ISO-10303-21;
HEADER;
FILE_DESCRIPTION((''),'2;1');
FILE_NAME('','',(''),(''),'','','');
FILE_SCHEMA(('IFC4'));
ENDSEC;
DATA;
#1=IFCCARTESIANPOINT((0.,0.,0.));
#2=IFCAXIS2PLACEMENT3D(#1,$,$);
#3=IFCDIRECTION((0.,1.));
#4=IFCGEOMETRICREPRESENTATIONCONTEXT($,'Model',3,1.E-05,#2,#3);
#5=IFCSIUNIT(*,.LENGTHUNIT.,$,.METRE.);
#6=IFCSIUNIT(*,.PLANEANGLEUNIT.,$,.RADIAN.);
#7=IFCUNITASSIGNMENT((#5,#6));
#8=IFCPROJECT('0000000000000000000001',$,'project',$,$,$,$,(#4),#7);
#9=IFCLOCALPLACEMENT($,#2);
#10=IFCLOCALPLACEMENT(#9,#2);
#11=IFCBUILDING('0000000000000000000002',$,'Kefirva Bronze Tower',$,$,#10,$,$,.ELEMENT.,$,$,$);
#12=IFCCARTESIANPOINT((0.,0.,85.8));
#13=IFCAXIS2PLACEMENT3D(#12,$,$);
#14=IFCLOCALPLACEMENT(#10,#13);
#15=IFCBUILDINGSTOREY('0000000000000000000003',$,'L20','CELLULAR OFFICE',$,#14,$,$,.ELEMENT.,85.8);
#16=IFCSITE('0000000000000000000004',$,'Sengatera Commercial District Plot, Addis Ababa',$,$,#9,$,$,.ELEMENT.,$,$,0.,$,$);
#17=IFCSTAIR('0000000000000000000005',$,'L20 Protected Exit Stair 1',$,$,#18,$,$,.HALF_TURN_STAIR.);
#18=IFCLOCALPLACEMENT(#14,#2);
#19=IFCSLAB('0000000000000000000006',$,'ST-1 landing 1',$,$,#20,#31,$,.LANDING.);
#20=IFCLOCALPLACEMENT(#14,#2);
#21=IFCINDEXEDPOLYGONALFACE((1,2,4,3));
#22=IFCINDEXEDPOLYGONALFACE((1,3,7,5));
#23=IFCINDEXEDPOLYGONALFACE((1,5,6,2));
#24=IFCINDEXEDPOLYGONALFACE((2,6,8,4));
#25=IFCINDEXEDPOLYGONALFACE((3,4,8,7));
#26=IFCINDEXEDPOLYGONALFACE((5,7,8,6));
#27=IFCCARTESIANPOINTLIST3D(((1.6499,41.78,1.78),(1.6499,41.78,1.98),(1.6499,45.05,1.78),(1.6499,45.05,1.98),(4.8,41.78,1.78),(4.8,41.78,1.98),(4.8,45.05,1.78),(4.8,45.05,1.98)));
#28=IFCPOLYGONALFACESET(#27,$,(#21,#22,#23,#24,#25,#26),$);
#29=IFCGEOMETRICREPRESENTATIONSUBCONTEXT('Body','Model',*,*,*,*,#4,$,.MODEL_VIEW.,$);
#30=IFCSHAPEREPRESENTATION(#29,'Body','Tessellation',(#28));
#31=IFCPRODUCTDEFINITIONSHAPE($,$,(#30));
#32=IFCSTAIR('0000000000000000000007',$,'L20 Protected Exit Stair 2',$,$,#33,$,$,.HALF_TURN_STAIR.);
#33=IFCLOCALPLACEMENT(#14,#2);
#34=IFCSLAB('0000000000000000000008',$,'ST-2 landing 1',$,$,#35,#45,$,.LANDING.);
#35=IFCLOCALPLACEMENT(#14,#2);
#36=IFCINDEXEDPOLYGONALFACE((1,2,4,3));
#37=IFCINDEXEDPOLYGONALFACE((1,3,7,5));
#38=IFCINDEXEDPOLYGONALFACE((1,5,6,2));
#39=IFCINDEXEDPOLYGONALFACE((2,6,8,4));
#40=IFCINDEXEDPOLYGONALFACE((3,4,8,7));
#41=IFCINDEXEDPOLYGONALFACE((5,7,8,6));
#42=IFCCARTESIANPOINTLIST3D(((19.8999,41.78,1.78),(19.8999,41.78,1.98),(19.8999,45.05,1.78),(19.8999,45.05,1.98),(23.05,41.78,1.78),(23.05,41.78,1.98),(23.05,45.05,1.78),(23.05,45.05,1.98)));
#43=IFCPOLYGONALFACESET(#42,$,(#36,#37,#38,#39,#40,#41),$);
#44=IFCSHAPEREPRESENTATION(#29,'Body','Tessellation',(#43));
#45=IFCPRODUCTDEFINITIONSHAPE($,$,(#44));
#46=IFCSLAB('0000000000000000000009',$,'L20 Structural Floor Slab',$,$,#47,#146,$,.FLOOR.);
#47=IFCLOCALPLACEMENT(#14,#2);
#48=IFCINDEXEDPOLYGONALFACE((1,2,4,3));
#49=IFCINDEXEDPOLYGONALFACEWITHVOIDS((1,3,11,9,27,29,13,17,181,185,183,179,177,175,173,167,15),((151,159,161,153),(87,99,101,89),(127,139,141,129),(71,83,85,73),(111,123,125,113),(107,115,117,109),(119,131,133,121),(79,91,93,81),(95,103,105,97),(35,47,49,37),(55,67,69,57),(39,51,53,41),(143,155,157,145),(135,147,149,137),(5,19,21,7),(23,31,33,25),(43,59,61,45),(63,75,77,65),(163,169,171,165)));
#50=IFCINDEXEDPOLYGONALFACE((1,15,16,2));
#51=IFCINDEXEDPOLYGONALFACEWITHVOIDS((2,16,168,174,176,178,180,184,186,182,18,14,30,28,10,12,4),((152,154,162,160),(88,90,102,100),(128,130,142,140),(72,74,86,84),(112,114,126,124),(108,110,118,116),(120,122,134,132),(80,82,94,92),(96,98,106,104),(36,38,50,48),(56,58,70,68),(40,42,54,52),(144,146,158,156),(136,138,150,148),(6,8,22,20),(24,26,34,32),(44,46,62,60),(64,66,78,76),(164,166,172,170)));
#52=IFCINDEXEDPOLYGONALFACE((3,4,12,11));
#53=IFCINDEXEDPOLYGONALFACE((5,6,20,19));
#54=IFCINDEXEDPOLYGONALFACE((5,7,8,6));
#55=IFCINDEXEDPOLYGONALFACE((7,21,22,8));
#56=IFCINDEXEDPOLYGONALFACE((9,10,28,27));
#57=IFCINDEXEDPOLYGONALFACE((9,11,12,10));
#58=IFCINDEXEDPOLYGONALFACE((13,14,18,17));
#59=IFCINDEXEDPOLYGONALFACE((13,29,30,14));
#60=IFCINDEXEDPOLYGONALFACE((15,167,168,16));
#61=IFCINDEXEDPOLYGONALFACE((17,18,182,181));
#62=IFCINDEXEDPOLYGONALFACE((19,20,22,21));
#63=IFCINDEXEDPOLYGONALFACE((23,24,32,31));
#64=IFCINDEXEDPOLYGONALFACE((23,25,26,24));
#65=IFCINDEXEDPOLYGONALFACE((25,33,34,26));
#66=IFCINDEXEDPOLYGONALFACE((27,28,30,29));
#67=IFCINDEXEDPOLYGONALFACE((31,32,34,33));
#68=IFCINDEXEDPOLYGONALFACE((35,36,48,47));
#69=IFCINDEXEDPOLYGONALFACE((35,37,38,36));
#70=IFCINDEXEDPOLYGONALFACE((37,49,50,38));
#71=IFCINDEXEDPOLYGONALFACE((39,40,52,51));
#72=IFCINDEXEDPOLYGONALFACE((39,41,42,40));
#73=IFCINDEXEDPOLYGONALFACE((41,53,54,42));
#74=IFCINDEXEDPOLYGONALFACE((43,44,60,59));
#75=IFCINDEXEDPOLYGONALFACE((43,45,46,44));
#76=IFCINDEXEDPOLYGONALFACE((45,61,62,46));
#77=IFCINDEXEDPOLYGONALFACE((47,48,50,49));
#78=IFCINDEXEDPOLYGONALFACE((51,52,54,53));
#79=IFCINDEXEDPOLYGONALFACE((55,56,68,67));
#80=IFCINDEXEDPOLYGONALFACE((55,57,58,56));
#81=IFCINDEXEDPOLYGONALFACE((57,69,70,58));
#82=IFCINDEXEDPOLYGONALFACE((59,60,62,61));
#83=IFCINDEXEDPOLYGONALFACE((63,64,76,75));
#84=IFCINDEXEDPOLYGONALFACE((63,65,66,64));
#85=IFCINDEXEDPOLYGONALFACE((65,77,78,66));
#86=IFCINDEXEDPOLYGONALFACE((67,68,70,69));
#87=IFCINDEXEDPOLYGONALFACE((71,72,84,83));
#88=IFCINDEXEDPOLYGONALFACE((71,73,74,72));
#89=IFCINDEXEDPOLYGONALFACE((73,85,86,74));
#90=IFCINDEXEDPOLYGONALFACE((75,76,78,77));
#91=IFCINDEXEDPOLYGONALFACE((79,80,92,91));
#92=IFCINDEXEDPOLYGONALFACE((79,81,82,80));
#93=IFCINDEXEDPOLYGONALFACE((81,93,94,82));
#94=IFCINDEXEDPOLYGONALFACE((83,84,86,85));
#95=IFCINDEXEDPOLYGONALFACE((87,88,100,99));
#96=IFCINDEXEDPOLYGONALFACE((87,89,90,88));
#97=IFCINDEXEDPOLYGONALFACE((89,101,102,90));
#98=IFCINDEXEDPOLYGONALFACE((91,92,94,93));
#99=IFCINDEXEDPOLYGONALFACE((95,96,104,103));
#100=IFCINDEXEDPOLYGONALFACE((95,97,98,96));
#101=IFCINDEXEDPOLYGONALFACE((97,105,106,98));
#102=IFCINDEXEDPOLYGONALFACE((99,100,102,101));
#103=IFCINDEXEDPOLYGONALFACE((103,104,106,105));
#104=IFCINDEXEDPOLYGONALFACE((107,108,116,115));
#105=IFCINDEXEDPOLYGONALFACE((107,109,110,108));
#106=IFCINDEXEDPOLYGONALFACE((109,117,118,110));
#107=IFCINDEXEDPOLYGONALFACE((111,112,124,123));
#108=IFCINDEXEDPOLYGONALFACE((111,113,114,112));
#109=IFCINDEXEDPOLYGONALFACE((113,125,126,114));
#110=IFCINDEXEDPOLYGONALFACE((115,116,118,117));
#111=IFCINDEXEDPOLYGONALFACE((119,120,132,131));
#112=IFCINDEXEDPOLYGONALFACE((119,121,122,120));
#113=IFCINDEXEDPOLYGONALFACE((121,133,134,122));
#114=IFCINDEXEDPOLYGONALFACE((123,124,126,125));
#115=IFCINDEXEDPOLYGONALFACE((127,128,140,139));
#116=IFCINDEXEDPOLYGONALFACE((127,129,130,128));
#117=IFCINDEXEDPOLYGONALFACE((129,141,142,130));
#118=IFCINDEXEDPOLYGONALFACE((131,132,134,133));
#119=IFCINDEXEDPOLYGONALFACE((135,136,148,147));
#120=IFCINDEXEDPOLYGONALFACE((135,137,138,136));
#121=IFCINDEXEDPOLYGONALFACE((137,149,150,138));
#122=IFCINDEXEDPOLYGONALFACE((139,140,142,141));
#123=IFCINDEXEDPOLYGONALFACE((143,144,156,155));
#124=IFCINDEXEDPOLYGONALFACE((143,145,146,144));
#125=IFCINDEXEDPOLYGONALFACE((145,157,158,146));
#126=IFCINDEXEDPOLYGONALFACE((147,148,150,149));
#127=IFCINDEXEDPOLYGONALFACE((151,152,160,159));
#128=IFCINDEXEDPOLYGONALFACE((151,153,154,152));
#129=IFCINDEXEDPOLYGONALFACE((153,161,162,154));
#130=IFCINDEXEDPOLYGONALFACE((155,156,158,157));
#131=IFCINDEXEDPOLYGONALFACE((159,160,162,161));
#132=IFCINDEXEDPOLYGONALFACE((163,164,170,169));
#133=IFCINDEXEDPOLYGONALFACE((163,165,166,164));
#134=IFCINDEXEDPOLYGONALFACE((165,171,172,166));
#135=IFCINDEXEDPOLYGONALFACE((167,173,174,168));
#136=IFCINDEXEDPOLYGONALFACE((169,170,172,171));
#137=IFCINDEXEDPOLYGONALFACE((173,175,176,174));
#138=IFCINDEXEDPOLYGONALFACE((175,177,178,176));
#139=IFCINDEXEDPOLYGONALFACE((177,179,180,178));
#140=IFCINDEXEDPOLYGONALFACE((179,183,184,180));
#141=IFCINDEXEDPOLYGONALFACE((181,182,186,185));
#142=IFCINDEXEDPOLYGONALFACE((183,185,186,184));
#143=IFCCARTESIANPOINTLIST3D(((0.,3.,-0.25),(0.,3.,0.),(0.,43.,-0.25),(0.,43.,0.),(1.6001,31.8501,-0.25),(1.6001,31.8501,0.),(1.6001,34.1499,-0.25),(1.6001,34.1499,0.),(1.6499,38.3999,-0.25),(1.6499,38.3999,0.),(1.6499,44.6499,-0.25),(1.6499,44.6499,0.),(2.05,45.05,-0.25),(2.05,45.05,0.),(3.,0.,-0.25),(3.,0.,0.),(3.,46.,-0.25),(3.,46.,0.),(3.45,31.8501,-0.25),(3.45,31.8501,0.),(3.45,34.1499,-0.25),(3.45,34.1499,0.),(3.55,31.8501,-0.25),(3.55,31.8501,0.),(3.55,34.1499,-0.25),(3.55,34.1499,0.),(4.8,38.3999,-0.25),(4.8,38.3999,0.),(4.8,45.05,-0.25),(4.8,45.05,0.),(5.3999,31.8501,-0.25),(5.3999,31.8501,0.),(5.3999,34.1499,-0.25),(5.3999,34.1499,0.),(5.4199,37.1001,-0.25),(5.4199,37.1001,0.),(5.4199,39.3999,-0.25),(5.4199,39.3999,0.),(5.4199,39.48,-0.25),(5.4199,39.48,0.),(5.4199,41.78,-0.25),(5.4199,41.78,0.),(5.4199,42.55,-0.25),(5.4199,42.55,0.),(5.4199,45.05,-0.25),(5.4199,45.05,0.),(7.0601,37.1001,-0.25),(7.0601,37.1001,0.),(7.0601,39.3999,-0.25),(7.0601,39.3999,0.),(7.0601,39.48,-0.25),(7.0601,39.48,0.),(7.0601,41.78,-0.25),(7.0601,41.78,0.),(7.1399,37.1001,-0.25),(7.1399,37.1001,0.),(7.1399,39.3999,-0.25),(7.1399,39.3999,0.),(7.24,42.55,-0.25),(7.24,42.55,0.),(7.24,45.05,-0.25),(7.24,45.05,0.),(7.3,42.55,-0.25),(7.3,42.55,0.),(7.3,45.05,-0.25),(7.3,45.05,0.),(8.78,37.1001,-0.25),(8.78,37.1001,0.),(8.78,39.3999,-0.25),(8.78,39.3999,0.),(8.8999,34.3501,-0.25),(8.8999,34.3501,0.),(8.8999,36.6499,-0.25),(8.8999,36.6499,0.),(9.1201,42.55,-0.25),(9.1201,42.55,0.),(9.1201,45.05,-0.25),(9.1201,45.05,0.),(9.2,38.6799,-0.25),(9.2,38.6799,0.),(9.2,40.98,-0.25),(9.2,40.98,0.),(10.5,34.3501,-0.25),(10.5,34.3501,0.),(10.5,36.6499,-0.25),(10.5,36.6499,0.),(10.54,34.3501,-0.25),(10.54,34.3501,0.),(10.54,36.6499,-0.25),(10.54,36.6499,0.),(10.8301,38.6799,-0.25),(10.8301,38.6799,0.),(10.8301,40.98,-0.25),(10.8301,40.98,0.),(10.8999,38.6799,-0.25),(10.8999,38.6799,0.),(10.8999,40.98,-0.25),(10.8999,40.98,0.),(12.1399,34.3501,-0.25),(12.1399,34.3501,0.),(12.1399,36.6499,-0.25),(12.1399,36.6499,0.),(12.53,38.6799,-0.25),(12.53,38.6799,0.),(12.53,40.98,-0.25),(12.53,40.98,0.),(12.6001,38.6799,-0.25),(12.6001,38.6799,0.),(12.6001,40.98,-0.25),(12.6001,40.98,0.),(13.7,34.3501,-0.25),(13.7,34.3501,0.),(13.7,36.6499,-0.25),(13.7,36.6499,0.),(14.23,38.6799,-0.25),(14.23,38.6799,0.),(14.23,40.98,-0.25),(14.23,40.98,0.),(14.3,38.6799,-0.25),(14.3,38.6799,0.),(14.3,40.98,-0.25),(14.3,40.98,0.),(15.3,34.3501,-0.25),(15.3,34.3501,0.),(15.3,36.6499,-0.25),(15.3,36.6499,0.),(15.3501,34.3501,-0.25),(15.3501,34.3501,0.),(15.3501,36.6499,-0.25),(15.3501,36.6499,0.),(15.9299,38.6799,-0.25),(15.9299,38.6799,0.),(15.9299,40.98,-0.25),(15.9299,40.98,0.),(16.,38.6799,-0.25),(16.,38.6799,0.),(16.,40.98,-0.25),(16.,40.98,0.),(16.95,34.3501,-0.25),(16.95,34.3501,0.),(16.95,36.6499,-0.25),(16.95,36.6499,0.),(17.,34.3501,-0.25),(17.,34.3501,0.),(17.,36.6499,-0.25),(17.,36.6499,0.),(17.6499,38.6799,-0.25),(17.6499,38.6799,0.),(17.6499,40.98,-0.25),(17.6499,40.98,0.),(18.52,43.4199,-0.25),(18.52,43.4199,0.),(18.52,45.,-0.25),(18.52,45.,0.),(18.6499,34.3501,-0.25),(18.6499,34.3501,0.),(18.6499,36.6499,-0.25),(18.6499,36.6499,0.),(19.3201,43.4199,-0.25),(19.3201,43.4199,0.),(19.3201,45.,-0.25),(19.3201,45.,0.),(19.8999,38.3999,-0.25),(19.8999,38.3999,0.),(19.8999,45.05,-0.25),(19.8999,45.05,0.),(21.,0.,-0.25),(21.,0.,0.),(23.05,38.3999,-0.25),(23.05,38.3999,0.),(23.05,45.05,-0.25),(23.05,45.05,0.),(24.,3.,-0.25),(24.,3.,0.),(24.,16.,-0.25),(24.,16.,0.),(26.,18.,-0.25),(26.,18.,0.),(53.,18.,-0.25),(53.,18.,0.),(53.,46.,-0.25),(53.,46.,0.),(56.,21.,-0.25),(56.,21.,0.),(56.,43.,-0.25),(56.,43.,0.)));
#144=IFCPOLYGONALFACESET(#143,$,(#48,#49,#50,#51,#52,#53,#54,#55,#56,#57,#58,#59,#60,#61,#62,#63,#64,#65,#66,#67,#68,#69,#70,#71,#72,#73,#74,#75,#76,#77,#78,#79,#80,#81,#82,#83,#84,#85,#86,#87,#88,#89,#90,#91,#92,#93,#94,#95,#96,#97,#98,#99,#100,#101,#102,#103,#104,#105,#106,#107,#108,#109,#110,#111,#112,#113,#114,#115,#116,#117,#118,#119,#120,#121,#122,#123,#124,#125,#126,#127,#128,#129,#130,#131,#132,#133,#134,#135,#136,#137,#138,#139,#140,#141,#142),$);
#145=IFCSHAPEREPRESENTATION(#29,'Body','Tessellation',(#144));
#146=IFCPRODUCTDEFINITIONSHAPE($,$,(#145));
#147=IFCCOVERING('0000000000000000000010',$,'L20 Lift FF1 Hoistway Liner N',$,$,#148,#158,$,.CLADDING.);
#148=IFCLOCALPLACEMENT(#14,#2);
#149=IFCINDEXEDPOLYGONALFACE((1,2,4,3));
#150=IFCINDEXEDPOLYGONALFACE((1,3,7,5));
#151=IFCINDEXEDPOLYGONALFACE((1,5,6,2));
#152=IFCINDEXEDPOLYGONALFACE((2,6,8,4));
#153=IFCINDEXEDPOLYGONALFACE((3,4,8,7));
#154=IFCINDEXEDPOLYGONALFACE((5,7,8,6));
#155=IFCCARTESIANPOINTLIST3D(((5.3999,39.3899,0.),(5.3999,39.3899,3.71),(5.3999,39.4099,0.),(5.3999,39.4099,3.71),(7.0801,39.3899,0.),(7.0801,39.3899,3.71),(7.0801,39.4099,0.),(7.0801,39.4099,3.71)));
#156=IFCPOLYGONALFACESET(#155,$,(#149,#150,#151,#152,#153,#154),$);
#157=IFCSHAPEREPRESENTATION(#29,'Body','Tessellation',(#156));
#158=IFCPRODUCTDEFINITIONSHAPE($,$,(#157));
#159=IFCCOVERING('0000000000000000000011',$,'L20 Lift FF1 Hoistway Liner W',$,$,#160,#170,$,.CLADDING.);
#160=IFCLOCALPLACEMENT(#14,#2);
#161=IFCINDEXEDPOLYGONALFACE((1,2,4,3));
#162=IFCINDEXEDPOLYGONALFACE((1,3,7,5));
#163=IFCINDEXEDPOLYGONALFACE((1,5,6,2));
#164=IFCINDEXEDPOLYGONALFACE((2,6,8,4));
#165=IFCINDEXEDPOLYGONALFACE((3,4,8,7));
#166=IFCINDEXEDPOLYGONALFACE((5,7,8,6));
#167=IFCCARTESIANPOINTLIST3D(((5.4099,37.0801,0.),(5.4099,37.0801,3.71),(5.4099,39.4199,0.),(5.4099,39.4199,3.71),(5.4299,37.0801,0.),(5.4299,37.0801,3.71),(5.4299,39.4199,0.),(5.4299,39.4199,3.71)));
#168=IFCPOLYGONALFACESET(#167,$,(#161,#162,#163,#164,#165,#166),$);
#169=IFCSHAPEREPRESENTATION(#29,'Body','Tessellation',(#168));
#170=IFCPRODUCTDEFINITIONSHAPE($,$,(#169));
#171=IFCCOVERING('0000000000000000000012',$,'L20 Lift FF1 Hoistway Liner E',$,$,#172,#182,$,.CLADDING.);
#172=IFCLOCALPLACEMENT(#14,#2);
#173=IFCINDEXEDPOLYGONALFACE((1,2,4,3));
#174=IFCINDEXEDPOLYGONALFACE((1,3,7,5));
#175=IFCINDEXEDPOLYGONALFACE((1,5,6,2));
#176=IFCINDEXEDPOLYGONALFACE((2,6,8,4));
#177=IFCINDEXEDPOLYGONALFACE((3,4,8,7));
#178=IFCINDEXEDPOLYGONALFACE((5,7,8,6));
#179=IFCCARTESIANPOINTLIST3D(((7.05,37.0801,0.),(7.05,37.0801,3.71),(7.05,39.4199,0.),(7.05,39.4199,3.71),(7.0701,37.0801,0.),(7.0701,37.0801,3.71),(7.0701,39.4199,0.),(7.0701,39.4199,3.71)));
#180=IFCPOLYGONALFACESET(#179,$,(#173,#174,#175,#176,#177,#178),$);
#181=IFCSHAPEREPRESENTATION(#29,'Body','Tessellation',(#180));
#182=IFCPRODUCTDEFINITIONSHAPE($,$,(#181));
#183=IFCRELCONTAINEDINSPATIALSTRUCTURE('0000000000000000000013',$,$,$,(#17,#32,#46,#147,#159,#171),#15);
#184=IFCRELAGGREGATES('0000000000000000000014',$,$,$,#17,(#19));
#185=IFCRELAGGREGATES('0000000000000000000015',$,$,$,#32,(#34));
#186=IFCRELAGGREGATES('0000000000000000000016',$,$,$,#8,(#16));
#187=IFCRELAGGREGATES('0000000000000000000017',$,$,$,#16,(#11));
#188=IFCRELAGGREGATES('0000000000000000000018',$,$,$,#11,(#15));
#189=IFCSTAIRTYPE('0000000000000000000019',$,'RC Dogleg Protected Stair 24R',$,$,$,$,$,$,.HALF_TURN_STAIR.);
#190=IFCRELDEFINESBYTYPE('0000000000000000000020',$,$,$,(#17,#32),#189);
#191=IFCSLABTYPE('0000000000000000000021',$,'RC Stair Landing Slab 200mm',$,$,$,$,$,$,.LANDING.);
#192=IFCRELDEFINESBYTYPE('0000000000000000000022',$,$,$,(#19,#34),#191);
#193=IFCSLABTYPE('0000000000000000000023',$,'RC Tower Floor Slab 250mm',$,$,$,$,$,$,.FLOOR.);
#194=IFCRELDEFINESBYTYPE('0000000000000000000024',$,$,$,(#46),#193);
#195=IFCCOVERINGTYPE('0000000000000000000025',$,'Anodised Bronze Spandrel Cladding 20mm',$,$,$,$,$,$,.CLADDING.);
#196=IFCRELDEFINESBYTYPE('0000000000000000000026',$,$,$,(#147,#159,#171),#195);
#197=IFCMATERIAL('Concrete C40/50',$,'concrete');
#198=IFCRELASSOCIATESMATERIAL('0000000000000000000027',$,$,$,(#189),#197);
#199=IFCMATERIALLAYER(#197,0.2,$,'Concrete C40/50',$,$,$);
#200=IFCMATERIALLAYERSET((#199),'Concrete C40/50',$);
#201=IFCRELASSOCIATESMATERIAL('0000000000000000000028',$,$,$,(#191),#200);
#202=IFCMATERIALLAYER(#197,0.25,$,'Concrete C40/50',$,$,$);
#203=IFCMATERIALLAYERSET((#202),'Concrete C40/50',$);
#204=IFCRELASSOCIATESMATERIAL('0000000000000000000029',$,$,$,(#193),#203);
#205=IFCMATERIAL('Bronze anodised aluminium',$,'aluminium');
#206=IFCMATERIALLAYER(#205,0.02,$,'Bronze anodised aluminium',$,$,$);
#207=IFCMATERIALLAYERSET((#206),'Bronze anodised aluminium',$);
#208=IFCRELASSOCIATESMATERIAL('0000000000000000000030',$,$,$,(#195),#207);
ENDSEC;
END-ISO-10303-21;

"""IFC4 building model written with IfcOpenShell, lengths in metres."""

from ifc_helpers import new_model, si_unit, direction, frame, origin, place, context, subcontext, project, spatial, polyline, outline, extrude, material, layer, layer_set, type_object, element, aggregate, save


model = new_model("IFC4")

# Units and contexts
model_context = context("Model", 3, precision=1e-05, world=origin(), true_north=direction((0.0, 1.0)))
body_context = subcontext(model_context, "Body", "Model", "MODEL_VIEW")
ifc_project = project(units=[si_unit("LENGTHUNIT", "METRE"), si_unit("PLANEANGLEUNIT", "RADIAN")], contexts=[model_context])

# Site, building, storey
site_placement = place(None, origin())
site = spatial("IfcSite", under=ifc_project, at=site_placement, Name="Sengatera Commercial District Plot, Addis Ababa", CompositionType="ELEMENT", RefElevation=0.0)
building_placement = place(site_placement, origin())
building = spatial("IfcBuilding", under=site, at=building_placement, Name="Kefirva Bronze Tower", CompositionType="ELEMENT")
storey_placement = place(building_placement, frame((0.0, 0.0, 85.8)))
storey = spatial("IfcBuildingStorey", under=building, at=storey_placement, Name="L20", Description="CELLULAR OFFICE", CompositionType="ELEMENT", Elevation=85.8)

# Stairs, slabs
ifc_material_1 = material(Name="Concrete C40/50", Category="concrete")
stair_type = type_object("IfcStairType", Name="RC Dogleg Protected Stair 24R", PredefinedType="HALF_TURN_STAIR", material=ifc_material_1)
stair_1_placement = place(storey_placement, origin())
stair_1 = element("IfcStair", 1, at=stair_1_placement, inside=storey, type_object=stair_type, Name="L20 Protected Exit Stair 1", PredefinedType="HALF_TURN_STAIR")
ifc_layer_1 = layer(ifc_material_1, 0.2, Name="Concrete C40/50")
ifc_layer_set_1 = layer_set([ifc_layer_1], Name="Concrete C40/50")
slab_type_1 = type_object("IfcSlabType", Name="RC Stair Landing Slab 200mm", PredefinedType="LANDING", material=ifc_layer_set_1)
slab_1_placement = place(storey_placement, frame((0.0, 0.0, 1.78)))
slab_1 = element("IfcSlab", 2, at=slab_1_placement, type_object=slab_type_1, Name="ST-1 landing 1", PredefinedType="LANDING", context=body_context, shape_type="SweptSolid", body=[
    extrude(outline(polyline([(4.8, 41.78), (4.8, 45.05), (1.6499, 45.05), (1.6499, 41.78), (4.8, 41.78)])), origin(), (0.0, 0.0, 1.0), 0.2),
])
aggregate(stair_1, [slab_1])
stair_2_placement = place(storey_placement, origin())
stair_2 = element("IfcStair", 3, at=stair_2_placement, inside=storey, type_object=stair_type, Name="L20 Protected Exit Stair 2", PredefinedType="HALF_TURN_STAIR")
slab_2_placement = place(storey_placement, frame((0.0, 0.0, 1.78)))
slab_2 = element("IfcSlab", 4, at=slab_2_placement, type_object=slab_type_1, Name="ST-2 landing 1", PredefinedType="LANDING", context=body_context, shape_type="SweptSolid", body=[
    extrude(outline(polyline([(23.05, 41.78), (23.05, 45.05), (19.8999, 45.05), (19.8999, 41.78), (23.05, 41.78)])), origin(), (0.0, 0.0, 1.0), 0.2),
])
aggregate(stair_2, [slab_2])

# Slab
ifc_layer_2 = layer(ifc_material_1, 0.25, Name="Concrete C40/50")
ifc_layer_set_2 = layer_set([ifc_layer_2], Name="Concrete C40/50")
slab_type_2 = type_object("IfcSlabType", Name="RC Tower Floor Slab 250mm", PredefinedType="FLOOR", material=ifc_layer_set_2)
slab_3_placement = place(storey_placement, frame((0.0, 0.0, -0.25)))
element("IfcSlab", 5, at=slab_3_placement, inside=storey, type_object=slab_type_2, Name="L20 Structural Floor Slab", PredefinedType="FLOOR", context=body_context, shape_type="SweptSolid", body=[
    extrude(outline(polyline([(0.0, 3.0), (0.0, 43.0), (1.6499, 44.6499), (1.6499, 38.3999), (4.8, 38.3999), (4.8, 45.05), (2.05, 45.05), (3.0, 46.0), (53.0, 46.0), (56.0, 43.0), (56.0, 21.0), (53.0, 18.0), (26.0, 18.0), (24.0, 16.0), (24.0, 3.0), (21.0, 0.0), (3.0, 0.0), (0.0, 3.0)]), holes=[polyline([(19.8999, 38.3999), (23.05, 38.3999), (23.05, 45.05), (19.8999, 45.05), (19.8999, 38.3999)]), polyline([(18.52, 43.4199), (19.3201, 43.4199), (19.3201, 45.0), (18.52, 45.0), (18.52, 43.4199)]), polyline([(17.0, 34.3501), (18.6499, 34.3501), (18.6499, 36.6499), (17.0, 36.6499), (17.0, 34.3501)]), polyline([(17.6499, 38.6799), (17.6499, 40.98), (16.0, 40.98), (16.0, 38.6799), (17.6499, 38.6799)]), polyline([(16.95, 34.3501), (16.95, 36.6499), (15.3501, 36.6499), (15.3501, 34.3501), (16.95, 34.3501)]), polyline([(15.9299, 38.6799), (15.9299, 40.98), (14.3, 40.98), (14.3, 38.6799), (15.9299, 38.6799)]), polyline([(15.3, 34.3501), (15.3, 36.6499), (13.7, 36.6499), (13.7, 34.3501), (15.3, 34.3501)]), polyline([(14.23, 38.6799), (14.23, 40.98), (12.6001, 40.98), (12.6001, 38.6799), (14.23, 38.6799)]), polyline([(10.8999, 38.6799), (12.53, 38.6799), (12.53, 40.98), (10.8999, 40.98), (10.8999, 38.6799)]), polyline([(12.1399, 34.3501), (12.1399, 36.6499), (10.54, 36.6499), (10.54, 34.3501), (12.1399, 34.3501)]), polyline([(10.8301, 38.6799), (10.8301, 40.98), (9.2, 40.98), (9.2, 38.6799), (10.8301, 38.6799)]), polyline([(10.5, 34.3501), (10.5, 36.6499), (8.8999, 36.6499), (8.8999, 34.3501), (10.5, 34.3501)]), polyline([(7.3, 42.55), (9.1201, 42.55), (9.1201, 45.05), (7.3, 45.05), (7.3, 42.55)]), polyline([(7.1399, 37.1001), (8.78, 37.1001), (8.78, 39.3999), (7.1399, 39.3999), (7.1399, 37.1001)]), polyline([(5.4199, 42.55), (7.24, 42.55), (7.24, 45.05), (5.4199, 45.05), (5.4199, 42.55)]), polyline([(7.0601, 39.48), (7.0601, 41.78), (5.4199, 41.78), (5.4199, 39.48), (7.0601, 39.48)]), polyline([(5.4199, 37.1001), (7.0601, 37.1001), (7.0601, 39.3999), (5.4199, 39.3999), (5.4199, 37.1001)]), polyline([(5.3999, 31.8501), (5.3999, 34.1499), (3.55, 34.1499), (3.55, 31.8501), (5.3999, 31.8501)]), polyline([(3.45, 31.8501), (3.45, 34.1499), (1.6001, 34.1499), (1.6001, 31.8501), (3.45, 31.8501)])]), origin(), (0.0, 0.0, 1.0), 0.25),
])

# Coverings
ifc_material_2 = material(Name="Bronze anodised aluminium", Category="aluminium")
ifc_layer_3 = layer(ifc_material_2, 0.02, Name="Bronze anodised aluminium")
ifc_layer_set_3 = layer_set([ifc_layer_3], Name="Bronze anodised aluminium")
covering_type = type_object("IfcCoveringType", Name="Anodised Bronze Spandrel Cladding 20mm", PredefinedType="CLADDING", material=ifc_layer_set_3)
covering_1_placement = place(storey_placement, origin())
element("IfcCovering", 6, at=covering_1_placement, inside=storey, type_object=covering_type, Name="L20 Lift FF1 Hoistway Liner N", PredefinedType="CLADDING", context=body_context, shape_type="SweptSolid", body=[
    extrude(outline(polyline([(5.3999, 39.3899), (7.0801, 39.3899), (7.0801, 39.4099), (5.3999, 39.4099), (5.3999, 39.3899)])), origin(), (0.0, 0.0, 1.0), 3.71),
])
covering_2_placement = place(storey_placement, origin())
element("IfcCovering", 7, at=covering_2_placement, inside=storey, type_object=covering_type, Name="L20 Lift FF1 Hoistway Liner W", PredefinedType="CLADDING", context=body_context, shape_type="SweptSolid", body=[
    extrude(outline(polyline([(5.4099, 37.0801), (5.4299, 37.0801), (5.4299, 39.4199), (5.4099, 39.4199), (5.4099, 37.0801)])), origin(), (0.0, 0.0, 1.0), 3.71),
])
covering_3_placement = place(storey_placement, origin())
element("IfcCovering", 8, at=covering_3_placement, inside=storey, type_object=covering_type, Name="L20 Lift FF1 Hoistway Liner E", PredefinedType="CLADDING", context=body_context, shape_type="SweptSolid", body=[
    extrude(outline(polyline([(7.05, 37.0801), (7.0701, 37.0801), (7.0701, 39.4199), (7.05, 39.4199), (7.05, 37.0801)])), origin(), (0.0, 0.0, 1.0), 3.71),
])

save(model, "model.ifc")
